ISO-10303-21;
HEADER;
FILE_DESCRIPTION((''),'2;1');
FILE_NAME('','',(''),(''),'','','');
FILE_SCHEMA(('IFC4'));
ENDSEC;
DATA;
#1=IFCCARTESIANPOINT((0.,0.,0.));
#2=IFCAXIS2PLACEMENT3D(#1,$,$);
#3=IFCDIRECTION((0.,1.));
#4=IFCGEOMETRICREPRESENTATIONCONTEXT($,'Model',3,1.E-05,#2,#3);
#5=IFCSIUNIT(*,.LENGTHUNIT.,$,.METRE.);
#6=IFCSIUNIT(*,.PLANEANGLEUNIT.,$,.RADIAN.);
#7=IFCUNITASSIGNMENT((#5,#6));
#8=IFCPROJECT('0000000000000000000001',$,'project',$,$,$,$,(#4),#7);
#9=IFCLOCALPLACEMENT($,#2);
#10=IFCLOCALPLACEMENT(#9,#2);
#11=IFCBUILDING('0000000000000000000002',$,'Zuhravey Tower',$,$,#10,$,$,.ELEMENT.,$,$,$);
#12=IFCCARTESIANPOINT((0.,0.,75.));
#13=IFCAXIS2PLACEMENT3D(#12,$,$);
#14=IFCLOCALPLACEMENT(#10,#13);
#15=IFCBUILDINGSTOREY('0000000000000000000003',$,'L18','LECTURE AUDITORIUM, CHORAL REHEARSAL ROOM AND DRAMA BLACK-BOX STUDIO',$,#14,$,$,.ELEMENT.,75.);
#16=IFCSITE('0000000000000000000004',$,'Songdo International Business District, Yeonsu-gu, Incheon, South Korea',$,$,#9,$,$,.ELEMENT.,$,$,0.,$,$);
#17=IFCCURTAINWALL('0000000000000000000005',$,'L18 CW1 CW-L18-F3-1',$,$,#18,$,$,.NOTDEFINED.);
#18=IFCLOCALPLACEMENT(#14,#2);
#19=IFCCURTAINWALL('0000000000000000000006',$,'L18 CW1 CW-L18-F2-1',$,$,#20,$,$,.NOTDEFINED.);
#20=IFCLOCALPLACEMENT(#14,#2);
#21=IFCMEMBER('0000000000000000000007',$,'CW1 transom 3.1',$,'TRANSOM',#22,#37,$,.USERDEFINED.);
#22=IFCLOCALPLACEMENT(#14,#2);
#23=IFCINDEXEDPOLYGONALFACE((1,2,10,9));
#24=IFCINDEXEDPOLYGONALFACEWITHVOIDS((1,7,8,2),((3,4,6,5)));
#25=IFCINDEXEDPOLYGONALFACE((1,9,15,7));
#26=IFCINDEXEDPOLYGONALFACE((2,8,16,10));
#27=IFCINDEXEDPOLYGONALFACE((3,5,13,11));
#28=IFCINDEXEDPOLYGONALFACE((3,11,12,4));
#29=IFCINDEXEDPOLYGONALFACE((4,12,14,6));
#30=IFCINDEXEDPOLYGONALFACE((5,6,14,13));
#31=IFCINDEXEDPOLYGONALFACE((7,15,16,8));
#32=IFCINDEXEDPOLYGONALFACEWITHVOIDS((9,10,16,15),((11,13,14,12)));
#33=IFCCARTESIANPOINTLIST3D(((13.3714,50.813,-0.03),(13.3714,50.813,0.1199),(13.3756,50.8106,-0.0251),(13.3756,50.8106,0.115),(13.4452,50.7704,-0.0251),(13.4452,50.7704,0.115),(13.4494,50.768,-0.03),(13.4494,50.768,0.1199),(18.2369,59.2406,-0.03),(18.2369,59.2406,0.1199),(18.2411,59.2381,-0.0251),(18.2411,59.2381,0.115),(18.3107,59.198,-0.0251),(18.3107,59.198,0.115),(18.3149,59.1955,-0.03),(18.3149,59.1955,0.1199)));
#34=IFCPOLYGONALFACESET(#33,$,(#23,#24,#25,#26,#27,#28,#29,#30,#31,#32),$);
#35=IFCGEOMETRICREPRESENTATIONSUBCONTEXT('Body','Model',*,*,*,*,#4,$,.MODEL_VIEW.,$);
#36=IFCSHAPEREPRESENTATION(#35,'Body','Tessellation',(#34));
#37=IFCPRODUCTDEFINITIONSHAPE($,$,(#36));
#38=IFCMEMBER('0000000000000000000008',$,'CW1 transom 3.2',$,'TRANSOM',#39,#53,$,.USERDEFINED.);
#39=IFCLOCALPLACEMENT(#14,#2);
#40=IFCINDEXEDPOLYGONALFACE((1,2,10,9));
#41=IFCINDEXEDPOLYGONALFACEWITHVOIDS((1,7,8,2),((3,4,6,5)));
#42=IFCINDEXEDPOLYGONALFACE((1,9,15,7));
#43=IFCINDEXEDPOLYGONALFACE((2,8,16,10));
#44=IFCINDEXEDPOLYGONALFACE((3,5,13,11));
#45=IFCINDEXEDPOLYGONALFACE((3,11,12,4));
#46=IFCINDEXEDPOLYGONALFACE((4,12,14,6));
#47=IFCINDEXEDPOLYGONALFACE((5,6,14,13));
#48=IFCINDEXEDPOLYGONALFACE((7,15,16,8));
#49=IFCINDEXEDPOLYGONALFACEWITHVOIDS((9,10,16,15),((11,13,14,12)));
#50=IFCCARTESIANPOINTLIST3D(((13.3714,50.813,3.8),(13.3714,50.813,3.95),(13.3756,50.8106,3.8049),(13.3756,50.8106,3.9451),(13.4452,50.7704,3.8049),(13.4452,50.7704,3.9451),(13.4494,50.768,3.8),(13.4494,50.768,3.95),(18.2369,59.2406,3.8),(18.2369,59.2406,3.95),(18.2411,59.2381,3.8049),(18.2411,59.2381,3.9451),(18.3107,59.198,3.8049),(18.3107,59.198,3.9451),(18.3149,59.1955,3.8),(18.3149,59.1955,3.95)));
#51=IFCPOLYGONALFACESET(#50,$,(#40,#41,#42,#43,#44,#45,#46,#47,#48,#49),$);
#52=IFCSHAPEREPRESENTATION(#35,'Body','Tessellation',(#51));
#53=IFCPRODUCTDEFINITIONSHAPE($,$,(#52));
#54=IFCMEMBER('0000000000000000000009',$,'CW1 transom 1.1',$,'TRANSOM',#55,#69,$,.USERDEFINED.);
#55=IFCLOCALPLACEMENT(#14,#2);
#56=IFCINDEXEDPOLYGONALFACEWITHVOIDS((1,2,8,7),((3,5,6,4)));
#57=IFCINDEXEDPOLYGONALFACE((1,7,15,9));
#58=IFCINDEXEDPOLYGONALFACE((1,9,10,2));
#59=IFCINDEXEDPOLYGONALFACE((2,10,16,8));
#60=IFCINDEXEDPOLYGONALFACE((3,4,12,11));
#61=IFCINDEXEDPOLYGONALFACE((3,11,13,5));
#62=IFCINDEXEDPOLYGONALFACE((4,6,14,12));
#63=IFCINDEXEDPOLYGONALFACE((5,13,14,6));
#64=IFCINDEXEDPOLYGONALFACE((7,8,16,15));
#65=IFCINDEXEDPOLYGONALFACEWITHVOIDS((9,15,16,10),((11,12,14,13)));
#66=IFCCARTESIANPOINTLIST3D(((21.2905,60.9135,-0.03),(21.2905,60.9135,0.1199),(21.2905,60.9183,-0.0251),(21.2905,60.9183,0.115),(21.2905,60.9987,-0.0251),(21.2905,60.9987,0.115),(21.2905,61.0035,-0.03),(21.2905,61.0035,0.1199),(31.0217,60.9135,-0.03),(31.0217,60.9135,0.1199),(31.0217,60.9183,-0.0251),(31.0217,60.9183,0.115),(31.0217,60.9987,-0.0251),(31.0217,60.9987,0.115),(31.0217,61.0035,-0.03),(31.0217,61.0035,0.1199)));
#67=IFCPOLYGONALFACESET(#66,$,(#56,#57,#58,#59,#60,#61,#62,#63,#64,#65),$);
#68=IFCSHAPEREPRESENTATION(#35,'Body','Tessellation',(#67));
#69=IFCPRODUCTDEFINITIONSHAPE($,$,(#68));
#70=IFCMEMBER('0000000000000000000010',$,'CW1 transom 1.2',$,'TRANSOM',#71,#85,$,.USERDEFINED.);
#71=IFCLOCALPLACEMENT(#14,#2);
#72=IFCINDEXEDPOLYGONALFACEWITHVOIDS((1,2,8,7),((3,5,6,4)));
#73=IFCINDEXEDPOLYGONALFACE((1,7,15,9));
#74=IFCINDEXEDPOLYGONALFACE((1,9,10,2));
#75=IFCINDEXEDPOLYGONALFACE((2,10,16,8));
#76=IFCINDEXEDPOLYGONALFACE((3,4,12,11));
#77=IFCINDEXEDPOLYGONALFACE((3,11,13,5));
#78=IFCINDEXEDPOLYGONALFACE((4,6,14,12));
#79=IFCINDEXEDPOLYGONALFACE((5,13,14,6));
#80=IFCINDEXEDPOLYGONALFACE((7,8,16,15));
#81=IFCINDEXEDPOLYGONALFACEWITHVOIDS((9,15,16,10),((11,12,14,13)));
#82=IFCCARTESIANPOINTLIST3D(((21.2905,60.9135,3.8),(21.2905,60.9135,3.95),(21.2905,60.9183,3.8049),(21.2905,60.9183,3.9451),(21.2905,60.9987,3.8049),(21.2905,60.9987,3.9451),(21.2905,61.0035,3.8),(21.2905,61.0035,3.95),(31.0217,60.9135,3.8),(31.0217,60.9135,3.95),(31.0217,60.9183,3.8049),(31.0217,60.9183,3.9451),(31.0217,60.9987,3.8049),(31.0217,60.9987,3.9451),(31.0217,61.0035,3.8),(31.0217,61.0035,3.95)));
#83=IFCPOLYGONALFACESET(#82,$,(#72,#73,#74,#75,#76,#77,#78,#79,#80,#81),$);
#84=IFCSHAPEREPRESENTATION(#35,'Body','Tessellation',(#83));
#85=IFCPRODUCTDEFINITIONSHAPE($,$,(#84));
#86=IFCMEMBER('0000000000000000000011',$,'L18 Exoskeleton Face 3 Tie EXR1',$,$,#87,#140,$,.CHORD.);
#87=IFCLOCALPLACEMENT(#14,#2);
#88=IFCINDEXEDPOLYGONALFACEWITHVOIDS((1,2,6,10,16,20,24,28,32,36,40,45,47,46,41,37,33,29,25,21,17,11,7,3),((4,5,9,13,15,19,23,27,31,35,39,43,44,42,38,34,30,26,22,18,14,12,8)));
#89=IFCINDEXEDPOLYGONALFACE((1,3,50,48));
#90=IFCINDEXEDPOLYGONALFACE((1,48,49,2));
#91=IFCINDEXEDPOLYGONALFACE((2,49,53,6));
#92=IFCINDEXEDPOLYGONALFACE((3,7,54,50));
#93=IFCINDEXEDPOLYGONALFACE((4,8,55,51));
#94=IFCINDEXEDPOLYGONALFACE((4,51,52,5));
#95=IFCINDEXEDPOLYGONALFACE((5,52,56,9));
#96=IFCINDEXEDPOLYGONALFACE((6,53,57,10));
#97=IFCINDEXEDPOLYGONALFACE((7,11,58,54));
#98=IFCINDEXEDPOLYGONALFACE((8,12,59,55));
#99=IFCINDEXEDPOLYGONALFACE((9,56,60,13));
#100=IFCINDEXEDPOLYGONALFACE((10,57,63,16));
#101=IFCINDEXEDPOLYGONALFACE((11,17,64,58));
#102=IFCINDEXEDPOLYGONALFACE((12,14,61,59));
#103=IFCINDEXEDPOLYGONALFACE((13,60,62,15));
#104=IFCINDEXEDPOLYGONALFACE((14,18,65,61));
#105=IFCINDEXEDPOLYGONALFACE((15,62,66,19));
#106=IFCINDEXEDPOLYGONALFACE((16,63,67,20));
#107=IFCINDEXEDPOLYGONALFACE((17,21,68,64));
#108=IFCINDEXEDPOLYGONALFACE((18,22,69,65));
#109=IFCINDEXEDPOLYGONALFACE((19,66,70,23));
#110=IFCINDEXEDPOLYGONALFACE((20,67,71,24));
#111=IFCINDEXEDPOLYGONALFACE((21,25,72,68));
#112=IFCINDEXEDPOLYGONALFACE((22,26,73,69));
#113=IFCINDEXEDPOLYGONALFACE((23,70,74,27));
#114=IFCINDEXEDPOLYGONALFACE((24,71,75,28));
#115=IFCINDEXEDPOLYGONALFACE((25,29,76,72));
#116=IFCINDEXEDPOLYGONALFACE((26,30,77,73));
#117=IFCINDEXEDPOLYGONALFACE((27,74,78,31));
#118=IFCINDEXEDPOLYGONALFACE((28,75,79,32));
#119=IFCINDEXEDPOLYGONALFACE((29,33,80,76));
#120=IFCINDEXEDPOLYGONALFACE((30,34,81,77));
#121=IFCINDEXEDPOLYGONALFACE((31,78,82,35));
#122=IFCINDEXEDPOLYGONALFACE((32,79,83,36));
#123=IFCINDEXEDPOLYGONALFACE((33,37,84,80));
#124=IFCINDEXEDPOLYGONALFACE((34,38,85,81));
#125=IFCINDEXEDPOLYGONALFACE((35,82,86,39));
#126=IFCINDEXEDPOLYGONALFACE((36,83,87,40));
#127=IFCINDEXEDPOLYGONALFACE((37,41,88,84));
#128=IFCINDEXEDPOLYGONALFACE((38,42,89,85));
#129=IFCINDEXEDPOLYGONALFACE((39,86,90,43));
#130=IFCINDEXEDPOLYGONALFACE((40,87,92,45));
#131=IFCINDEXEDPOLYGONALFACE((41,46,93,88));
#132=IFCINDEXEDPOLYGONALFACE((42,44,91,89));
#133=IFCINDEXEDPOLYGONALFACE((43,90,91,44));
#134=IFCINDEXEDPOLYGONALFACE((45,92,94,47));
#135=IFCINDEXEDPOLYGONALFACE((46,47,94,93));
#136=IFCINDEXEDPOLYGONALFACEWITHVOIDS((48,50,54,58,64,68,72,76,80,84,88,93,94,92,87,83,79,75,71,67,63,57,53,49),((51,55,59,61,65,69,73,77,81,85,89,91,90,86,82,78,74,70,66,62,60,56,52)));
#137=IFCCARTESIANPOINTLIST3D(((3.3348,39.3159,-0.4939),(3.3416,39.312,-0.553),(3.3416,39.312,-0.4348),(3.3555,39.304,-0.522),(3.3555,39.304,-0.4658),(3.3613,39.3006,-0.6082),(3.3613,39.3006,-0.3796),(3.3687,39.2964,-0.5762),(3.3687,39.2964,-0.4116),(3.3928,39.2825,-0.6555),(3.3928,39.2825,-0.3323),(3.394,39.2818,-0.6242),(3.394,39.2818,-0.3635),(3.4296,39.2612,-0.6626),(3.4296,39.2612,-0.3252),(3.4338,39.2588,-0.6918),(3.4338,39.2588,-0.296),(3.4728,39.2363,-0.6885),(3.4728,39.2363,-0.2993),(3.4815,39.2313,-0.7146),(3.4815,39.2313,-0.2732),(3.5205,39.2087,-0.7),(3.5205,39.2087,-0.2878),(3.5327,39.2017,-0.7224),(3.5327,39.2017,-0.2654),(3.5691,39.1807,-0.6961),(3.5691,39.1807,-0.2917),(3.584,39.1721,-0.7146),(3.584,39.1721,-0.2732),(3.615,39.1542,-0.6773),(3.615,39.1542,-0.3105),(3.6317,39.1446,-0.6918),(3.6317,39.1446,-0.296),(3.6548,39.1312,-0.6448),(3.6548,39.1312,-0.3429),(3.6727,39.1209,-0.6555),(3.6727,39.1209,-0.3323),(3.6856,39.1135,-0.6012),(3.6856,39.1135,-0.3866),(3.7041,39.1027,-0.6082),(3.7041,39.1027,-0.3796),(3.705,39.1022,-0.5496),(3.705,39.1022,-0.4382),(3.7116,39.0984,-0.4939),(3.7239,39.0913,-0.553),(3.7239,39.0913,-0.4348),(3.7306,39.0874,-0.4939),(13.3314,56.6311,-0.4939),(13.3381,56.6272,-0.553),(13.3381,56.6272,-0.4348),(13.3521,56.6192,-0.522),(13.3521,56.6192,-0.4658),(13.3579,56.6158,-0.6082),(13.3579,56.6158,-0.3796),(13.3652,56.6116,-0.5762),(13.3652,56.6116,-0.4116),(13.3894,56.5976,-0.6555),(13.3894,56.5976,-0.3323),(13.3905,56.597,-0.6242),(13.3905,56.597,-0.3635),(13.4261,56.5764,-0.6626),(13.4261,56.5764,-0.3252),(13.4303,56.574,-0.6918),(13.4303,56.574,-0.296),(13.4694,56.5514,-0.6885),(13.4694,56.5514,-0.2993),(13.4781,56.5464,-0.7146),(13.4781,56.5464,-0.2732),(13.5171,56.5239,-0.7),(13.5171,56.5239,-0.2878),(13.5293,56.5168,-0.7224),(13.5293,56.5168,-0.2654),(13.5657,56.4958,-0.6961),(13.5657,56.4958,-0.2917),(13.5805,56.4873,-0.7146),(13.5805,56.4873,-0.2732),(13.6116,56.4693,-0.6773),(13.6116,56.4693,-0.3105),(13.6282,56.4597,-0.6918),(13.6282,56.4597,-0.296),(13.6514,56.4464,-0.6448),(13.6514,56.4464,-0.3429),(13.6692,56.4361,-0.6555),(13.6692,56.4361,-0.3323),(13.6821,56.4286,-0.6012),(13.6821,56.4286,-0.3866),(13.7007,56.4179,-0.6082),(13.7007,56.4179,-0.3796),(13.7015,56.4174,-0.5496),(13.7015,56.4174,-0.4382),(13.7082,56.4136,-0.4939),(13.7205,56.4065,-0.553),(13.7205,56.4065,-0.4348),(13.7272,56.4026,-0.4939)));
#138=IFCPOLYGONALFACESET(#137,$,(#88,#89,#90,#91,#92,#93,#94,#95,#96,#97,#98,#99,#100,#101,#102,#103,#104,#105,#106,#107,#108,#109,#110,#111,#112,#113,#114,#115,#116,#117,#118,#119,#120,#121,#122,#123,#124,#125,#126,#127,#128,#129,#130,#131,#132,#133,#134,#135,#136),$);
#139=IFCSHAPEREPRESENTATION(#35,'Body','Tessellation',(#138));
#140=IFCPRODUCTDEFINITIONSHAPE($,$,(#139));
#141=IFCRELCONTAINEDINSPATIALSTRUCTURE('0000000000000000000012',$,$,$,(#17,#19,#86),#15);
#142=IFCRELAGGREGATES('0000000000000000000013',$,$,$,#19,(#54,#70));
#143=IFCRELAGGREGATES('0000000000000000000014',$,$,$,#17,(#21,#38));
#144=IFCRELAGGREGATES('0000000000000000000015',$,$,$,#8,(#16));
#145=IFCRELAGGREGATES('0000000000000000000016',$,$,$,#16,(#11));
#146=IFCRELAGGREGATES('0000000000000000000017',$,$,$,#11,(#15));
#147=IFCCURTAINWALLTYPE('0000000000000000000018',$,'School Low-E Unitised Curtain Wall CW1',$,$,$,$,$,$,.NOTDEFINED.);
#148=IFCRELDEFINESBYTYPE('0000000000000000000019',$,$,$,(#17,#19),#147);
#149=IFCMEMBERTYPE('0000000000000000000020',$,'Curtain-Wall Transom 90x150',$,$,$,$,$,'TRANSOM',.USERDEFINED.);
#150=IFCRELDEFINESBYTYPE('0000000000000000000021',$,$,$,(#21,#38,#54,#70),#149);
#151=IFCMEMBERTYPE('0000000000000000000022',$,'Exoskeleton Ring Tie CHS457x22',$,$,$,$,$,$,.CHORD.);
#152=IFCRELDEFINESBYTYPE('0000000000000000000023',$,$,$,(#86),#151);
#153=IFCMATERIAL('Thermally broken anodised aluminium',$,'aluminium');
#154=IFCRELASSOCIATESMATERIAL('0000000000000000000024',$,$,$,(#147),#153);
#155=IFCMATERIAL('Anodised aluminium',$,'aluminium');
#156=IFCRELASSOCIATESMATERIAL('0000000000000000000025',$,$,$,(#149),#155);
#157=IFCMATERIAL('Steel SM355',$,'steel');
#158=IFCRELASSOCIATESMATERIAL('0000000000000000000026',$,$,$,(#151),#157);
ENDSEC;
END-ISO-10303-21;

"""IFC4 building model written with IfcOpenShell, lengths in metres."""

from ifc_helpers import new_model, si_unit, direction, frame, origin, origin_2d, place, context, subcontext, project, spatial, hollow_rectangle, hollow_circle, extrude, material, material_profile, profile_set, type_object, element, aggregate, save


model = new_model("IFC4")

# Units and contexts
model_context = context("Model", 3, precision=1e-05, world=origin(), true_north=direction((0.0, 1.0)))
body_context = subcontext(model_context, "Body", "Model", "MODEL_VIEW")
ifc_project = project(units=[si_unit("LENGTHUNIT", "METRE"), si_unit("PLANEANGLEUNIT", "RADIAN")], contexts=[model_context])

# Site, building, storey
site_placement = place(None, origin())
site = spatial("IfcSite", under=ifc_project, at=site_placement, Name="Songdo International Business District, Yeonsu-gu, Incheon, South Korea", CompositionType="ELEMENT", RefElevation=0.0)
building_placement = place(site_placement, origin())
building = spatial("IfcBuilding", under=site, at=building_placement, Name="Zuhravey Tower", CompositionType="ELEMENT")
storey_placement = place(building_placement, frame((0.0, 0.0, 75.0)))
storey = spatial("IfcBuildingStorey", under=building, at=storey_placement, Name="L18", Description="LECTURE AUDITORIUM, CHORAL REHEARSAL ROOM AND DRAMA BLACK-BOX STUDIO", CompositionType="ELEMENT", Elevation=75.0)

# Curtain wall
ifc_material_1 = material(Name="Thermally broken anodised aluminium", Category="aluminium")
curtain_wall_type = type_object("IfcCurtainWallType", Name="School Low-E Unitised Curtain Wall CW1", PredefinedType="NOTDEFINED", material=ifc_material_1)
curtain_wall_1_placement = place(storey_placement, origin())
curtain_wall_1 = element("IfcCurtainWall", 1, at=curtain_wall_1_placement, inside=storey, type_object=curtain_wall_type, Name="L18 CW1 CW-L18-F3-1", PredefinedType="NOTDEFINED")
ifc_material_2 = material(Name="Anodised aluminium", Category="aluminium")

# Curtain wall
curtain_wall_2_placement = place(storey_placement, origin())
curtain_wall_2 = element("IfcCurtainWall", 2, at=curtain_wall_2_placement, inside=storey, type_object=curtain_wall_type, Name="L18 CW1 CW-L18-F2-1", PredefinedType="NOTDEFINED")

# Members
ifc_material_profile_1 = material_profile(ifc_material_2, hollow_rectangle(XDim=0.0901, YDim=0.1499, WallThickness=0.0049, at=origin_2d()), Name="ALU-RHS-90x150x5")
ifc_profile_set_1 = profile_set([ifc_material_profile_1], Name="Anodised aluminium")
member_type_1 = type_object("IfcMemberType", Name="Curtain-Wall Transom 90x150", ElementType="TRANSOM", PredefinedType="USERDEFINED", material=ifc_profile_set_1)
member_1_placement = place(storey_placement, frame((13.4104, 50.7905, 0.0449), z_axis=(0.49999, 0.866031, 0.0), x_axis=(-0.866031, 0.49999, 0.0)))
member_1 = element("IfcMember", 3, at=member_1_placement, type_object=member_type_1, Name="CW1 transom 3.1", ObjectType="TRANSOM", PredefinedType="USERDEFINED", context=body_context, shape_type="SweptSolid", body=[
    extrude(hollow_rectangle(XDim=0.0901, YDim=0.1499, WallThickness=0.0049, at=origin_2d()), origin(), (0.0, 0.0, 1.0), 9.7312),
])
member_2_placement = place(storey_placement, frame((13.4104, 50.7905, 3.875), z_axis=(0.49999, 0.866031, 0.0), x_axis=(-0.866031, 0.49999, 0.0)))
member_2 = element("IfcMember", 4, at=member_2_placement, type_object=member_type_1, Name="CW1 transom 3.2", ObjectType="TRANSOM", PredefinedType="USERDEFINED", context=body_context, shape_type="SweptSolid", body=[
    extrude(hollow_rectangle(XDim=0.0901, YDim=0.1499, WallThickness=0.0049, at=origin_2d()), origin(), (0.0, 0.0, 1.0), 9.7312),
])
member_3_placement = place(storey_placement, frame((21.2905, 60.9585, 0.0449), z_axis=(1.0, 0.0, 0.0), x_axis=(0.0, 1.0, 0.0)))
member_3 = element("IfcMember", 5, at=member_3_placement, type_object=member_type_1, Name="CW1 transom 1.1", ObjectType="TRANSOM", PredefinedType="USERDEFINED", context=body_context, shape_type="SweptSolid", body=[
    extrude(hollow_rectangle(XDim=0.0901, YDim=0.1499, WallThickness=0.0049, at=origin_2d()), origin(), (0.0, 0.0, 1.0), 9.7312),
])
member_4_placement = place(storey_placement, frame((21.2905, 60.9585, 3.875), z_axis=(1.0, 0.0, 0.0), x_axis=(0.0, 1.0, 0.0)))
member_4 = element("IfcMember", 6, at=member_4_placement, type_object=member_type_1, Name="CW1 transom 1.2", ObjectType="TRANSOM", PredefinedType="USERDEFINED", context=body_context, shape_type="SweptSolid", body=[
    extrude(hollow_rectangle(XDim=0.0901, YDim=0.1499, WallThickness=0.0049, at=origin_2d()), origin(), (0.0, 0.0, 1.0), 9.7312),
])
aggregate(curtain_wall_2, [member_3, member_4])

# Member
ifc_material_3 = material(Name="Steel SM355", Category="steel")
ifc_material_profile_2 = material_profile(ifc_material_3, hollow_circle(Radius=0.2285, WallThickness=0.022, at=origin_2d()), Name="CHS-457.2x22")
ifc_profile_set_2 = profile_set([ifc_material_profile_2], Name="Steel SM355")
member_type_2 = type_object("IfcMemberType", Name="Exoskeleton Ring Tie CHS457x22", PredefinedType="CHORD", material=ifc_profile_set_2)
member_5_placement = place(storey_placement, frame((13.5293, 56.5168, -0.4939), z_axis=(-0.499987, -0.866033, 0.0), x_axis=(0.866033, -0.499987, 0.0)))
element("IfcMember", 7, at=member_5_placement, inside=storey, type_object=member_type_2, Name="L18 Exoskeleton Face 3 Tie EXR1", PredefinedType="CHORD", context=body_context, shape_type="SweptSolid", body=[
    extrude(hollow_circle(Radius=0.2285, WallThickness=0.022, at=origin_2d()), origin(), (0.0, 0.0, 1.0), 19.9937),
])

aggregate(curtain_wall_1, [member_1, member_2])

save(model, "model.ifc")
